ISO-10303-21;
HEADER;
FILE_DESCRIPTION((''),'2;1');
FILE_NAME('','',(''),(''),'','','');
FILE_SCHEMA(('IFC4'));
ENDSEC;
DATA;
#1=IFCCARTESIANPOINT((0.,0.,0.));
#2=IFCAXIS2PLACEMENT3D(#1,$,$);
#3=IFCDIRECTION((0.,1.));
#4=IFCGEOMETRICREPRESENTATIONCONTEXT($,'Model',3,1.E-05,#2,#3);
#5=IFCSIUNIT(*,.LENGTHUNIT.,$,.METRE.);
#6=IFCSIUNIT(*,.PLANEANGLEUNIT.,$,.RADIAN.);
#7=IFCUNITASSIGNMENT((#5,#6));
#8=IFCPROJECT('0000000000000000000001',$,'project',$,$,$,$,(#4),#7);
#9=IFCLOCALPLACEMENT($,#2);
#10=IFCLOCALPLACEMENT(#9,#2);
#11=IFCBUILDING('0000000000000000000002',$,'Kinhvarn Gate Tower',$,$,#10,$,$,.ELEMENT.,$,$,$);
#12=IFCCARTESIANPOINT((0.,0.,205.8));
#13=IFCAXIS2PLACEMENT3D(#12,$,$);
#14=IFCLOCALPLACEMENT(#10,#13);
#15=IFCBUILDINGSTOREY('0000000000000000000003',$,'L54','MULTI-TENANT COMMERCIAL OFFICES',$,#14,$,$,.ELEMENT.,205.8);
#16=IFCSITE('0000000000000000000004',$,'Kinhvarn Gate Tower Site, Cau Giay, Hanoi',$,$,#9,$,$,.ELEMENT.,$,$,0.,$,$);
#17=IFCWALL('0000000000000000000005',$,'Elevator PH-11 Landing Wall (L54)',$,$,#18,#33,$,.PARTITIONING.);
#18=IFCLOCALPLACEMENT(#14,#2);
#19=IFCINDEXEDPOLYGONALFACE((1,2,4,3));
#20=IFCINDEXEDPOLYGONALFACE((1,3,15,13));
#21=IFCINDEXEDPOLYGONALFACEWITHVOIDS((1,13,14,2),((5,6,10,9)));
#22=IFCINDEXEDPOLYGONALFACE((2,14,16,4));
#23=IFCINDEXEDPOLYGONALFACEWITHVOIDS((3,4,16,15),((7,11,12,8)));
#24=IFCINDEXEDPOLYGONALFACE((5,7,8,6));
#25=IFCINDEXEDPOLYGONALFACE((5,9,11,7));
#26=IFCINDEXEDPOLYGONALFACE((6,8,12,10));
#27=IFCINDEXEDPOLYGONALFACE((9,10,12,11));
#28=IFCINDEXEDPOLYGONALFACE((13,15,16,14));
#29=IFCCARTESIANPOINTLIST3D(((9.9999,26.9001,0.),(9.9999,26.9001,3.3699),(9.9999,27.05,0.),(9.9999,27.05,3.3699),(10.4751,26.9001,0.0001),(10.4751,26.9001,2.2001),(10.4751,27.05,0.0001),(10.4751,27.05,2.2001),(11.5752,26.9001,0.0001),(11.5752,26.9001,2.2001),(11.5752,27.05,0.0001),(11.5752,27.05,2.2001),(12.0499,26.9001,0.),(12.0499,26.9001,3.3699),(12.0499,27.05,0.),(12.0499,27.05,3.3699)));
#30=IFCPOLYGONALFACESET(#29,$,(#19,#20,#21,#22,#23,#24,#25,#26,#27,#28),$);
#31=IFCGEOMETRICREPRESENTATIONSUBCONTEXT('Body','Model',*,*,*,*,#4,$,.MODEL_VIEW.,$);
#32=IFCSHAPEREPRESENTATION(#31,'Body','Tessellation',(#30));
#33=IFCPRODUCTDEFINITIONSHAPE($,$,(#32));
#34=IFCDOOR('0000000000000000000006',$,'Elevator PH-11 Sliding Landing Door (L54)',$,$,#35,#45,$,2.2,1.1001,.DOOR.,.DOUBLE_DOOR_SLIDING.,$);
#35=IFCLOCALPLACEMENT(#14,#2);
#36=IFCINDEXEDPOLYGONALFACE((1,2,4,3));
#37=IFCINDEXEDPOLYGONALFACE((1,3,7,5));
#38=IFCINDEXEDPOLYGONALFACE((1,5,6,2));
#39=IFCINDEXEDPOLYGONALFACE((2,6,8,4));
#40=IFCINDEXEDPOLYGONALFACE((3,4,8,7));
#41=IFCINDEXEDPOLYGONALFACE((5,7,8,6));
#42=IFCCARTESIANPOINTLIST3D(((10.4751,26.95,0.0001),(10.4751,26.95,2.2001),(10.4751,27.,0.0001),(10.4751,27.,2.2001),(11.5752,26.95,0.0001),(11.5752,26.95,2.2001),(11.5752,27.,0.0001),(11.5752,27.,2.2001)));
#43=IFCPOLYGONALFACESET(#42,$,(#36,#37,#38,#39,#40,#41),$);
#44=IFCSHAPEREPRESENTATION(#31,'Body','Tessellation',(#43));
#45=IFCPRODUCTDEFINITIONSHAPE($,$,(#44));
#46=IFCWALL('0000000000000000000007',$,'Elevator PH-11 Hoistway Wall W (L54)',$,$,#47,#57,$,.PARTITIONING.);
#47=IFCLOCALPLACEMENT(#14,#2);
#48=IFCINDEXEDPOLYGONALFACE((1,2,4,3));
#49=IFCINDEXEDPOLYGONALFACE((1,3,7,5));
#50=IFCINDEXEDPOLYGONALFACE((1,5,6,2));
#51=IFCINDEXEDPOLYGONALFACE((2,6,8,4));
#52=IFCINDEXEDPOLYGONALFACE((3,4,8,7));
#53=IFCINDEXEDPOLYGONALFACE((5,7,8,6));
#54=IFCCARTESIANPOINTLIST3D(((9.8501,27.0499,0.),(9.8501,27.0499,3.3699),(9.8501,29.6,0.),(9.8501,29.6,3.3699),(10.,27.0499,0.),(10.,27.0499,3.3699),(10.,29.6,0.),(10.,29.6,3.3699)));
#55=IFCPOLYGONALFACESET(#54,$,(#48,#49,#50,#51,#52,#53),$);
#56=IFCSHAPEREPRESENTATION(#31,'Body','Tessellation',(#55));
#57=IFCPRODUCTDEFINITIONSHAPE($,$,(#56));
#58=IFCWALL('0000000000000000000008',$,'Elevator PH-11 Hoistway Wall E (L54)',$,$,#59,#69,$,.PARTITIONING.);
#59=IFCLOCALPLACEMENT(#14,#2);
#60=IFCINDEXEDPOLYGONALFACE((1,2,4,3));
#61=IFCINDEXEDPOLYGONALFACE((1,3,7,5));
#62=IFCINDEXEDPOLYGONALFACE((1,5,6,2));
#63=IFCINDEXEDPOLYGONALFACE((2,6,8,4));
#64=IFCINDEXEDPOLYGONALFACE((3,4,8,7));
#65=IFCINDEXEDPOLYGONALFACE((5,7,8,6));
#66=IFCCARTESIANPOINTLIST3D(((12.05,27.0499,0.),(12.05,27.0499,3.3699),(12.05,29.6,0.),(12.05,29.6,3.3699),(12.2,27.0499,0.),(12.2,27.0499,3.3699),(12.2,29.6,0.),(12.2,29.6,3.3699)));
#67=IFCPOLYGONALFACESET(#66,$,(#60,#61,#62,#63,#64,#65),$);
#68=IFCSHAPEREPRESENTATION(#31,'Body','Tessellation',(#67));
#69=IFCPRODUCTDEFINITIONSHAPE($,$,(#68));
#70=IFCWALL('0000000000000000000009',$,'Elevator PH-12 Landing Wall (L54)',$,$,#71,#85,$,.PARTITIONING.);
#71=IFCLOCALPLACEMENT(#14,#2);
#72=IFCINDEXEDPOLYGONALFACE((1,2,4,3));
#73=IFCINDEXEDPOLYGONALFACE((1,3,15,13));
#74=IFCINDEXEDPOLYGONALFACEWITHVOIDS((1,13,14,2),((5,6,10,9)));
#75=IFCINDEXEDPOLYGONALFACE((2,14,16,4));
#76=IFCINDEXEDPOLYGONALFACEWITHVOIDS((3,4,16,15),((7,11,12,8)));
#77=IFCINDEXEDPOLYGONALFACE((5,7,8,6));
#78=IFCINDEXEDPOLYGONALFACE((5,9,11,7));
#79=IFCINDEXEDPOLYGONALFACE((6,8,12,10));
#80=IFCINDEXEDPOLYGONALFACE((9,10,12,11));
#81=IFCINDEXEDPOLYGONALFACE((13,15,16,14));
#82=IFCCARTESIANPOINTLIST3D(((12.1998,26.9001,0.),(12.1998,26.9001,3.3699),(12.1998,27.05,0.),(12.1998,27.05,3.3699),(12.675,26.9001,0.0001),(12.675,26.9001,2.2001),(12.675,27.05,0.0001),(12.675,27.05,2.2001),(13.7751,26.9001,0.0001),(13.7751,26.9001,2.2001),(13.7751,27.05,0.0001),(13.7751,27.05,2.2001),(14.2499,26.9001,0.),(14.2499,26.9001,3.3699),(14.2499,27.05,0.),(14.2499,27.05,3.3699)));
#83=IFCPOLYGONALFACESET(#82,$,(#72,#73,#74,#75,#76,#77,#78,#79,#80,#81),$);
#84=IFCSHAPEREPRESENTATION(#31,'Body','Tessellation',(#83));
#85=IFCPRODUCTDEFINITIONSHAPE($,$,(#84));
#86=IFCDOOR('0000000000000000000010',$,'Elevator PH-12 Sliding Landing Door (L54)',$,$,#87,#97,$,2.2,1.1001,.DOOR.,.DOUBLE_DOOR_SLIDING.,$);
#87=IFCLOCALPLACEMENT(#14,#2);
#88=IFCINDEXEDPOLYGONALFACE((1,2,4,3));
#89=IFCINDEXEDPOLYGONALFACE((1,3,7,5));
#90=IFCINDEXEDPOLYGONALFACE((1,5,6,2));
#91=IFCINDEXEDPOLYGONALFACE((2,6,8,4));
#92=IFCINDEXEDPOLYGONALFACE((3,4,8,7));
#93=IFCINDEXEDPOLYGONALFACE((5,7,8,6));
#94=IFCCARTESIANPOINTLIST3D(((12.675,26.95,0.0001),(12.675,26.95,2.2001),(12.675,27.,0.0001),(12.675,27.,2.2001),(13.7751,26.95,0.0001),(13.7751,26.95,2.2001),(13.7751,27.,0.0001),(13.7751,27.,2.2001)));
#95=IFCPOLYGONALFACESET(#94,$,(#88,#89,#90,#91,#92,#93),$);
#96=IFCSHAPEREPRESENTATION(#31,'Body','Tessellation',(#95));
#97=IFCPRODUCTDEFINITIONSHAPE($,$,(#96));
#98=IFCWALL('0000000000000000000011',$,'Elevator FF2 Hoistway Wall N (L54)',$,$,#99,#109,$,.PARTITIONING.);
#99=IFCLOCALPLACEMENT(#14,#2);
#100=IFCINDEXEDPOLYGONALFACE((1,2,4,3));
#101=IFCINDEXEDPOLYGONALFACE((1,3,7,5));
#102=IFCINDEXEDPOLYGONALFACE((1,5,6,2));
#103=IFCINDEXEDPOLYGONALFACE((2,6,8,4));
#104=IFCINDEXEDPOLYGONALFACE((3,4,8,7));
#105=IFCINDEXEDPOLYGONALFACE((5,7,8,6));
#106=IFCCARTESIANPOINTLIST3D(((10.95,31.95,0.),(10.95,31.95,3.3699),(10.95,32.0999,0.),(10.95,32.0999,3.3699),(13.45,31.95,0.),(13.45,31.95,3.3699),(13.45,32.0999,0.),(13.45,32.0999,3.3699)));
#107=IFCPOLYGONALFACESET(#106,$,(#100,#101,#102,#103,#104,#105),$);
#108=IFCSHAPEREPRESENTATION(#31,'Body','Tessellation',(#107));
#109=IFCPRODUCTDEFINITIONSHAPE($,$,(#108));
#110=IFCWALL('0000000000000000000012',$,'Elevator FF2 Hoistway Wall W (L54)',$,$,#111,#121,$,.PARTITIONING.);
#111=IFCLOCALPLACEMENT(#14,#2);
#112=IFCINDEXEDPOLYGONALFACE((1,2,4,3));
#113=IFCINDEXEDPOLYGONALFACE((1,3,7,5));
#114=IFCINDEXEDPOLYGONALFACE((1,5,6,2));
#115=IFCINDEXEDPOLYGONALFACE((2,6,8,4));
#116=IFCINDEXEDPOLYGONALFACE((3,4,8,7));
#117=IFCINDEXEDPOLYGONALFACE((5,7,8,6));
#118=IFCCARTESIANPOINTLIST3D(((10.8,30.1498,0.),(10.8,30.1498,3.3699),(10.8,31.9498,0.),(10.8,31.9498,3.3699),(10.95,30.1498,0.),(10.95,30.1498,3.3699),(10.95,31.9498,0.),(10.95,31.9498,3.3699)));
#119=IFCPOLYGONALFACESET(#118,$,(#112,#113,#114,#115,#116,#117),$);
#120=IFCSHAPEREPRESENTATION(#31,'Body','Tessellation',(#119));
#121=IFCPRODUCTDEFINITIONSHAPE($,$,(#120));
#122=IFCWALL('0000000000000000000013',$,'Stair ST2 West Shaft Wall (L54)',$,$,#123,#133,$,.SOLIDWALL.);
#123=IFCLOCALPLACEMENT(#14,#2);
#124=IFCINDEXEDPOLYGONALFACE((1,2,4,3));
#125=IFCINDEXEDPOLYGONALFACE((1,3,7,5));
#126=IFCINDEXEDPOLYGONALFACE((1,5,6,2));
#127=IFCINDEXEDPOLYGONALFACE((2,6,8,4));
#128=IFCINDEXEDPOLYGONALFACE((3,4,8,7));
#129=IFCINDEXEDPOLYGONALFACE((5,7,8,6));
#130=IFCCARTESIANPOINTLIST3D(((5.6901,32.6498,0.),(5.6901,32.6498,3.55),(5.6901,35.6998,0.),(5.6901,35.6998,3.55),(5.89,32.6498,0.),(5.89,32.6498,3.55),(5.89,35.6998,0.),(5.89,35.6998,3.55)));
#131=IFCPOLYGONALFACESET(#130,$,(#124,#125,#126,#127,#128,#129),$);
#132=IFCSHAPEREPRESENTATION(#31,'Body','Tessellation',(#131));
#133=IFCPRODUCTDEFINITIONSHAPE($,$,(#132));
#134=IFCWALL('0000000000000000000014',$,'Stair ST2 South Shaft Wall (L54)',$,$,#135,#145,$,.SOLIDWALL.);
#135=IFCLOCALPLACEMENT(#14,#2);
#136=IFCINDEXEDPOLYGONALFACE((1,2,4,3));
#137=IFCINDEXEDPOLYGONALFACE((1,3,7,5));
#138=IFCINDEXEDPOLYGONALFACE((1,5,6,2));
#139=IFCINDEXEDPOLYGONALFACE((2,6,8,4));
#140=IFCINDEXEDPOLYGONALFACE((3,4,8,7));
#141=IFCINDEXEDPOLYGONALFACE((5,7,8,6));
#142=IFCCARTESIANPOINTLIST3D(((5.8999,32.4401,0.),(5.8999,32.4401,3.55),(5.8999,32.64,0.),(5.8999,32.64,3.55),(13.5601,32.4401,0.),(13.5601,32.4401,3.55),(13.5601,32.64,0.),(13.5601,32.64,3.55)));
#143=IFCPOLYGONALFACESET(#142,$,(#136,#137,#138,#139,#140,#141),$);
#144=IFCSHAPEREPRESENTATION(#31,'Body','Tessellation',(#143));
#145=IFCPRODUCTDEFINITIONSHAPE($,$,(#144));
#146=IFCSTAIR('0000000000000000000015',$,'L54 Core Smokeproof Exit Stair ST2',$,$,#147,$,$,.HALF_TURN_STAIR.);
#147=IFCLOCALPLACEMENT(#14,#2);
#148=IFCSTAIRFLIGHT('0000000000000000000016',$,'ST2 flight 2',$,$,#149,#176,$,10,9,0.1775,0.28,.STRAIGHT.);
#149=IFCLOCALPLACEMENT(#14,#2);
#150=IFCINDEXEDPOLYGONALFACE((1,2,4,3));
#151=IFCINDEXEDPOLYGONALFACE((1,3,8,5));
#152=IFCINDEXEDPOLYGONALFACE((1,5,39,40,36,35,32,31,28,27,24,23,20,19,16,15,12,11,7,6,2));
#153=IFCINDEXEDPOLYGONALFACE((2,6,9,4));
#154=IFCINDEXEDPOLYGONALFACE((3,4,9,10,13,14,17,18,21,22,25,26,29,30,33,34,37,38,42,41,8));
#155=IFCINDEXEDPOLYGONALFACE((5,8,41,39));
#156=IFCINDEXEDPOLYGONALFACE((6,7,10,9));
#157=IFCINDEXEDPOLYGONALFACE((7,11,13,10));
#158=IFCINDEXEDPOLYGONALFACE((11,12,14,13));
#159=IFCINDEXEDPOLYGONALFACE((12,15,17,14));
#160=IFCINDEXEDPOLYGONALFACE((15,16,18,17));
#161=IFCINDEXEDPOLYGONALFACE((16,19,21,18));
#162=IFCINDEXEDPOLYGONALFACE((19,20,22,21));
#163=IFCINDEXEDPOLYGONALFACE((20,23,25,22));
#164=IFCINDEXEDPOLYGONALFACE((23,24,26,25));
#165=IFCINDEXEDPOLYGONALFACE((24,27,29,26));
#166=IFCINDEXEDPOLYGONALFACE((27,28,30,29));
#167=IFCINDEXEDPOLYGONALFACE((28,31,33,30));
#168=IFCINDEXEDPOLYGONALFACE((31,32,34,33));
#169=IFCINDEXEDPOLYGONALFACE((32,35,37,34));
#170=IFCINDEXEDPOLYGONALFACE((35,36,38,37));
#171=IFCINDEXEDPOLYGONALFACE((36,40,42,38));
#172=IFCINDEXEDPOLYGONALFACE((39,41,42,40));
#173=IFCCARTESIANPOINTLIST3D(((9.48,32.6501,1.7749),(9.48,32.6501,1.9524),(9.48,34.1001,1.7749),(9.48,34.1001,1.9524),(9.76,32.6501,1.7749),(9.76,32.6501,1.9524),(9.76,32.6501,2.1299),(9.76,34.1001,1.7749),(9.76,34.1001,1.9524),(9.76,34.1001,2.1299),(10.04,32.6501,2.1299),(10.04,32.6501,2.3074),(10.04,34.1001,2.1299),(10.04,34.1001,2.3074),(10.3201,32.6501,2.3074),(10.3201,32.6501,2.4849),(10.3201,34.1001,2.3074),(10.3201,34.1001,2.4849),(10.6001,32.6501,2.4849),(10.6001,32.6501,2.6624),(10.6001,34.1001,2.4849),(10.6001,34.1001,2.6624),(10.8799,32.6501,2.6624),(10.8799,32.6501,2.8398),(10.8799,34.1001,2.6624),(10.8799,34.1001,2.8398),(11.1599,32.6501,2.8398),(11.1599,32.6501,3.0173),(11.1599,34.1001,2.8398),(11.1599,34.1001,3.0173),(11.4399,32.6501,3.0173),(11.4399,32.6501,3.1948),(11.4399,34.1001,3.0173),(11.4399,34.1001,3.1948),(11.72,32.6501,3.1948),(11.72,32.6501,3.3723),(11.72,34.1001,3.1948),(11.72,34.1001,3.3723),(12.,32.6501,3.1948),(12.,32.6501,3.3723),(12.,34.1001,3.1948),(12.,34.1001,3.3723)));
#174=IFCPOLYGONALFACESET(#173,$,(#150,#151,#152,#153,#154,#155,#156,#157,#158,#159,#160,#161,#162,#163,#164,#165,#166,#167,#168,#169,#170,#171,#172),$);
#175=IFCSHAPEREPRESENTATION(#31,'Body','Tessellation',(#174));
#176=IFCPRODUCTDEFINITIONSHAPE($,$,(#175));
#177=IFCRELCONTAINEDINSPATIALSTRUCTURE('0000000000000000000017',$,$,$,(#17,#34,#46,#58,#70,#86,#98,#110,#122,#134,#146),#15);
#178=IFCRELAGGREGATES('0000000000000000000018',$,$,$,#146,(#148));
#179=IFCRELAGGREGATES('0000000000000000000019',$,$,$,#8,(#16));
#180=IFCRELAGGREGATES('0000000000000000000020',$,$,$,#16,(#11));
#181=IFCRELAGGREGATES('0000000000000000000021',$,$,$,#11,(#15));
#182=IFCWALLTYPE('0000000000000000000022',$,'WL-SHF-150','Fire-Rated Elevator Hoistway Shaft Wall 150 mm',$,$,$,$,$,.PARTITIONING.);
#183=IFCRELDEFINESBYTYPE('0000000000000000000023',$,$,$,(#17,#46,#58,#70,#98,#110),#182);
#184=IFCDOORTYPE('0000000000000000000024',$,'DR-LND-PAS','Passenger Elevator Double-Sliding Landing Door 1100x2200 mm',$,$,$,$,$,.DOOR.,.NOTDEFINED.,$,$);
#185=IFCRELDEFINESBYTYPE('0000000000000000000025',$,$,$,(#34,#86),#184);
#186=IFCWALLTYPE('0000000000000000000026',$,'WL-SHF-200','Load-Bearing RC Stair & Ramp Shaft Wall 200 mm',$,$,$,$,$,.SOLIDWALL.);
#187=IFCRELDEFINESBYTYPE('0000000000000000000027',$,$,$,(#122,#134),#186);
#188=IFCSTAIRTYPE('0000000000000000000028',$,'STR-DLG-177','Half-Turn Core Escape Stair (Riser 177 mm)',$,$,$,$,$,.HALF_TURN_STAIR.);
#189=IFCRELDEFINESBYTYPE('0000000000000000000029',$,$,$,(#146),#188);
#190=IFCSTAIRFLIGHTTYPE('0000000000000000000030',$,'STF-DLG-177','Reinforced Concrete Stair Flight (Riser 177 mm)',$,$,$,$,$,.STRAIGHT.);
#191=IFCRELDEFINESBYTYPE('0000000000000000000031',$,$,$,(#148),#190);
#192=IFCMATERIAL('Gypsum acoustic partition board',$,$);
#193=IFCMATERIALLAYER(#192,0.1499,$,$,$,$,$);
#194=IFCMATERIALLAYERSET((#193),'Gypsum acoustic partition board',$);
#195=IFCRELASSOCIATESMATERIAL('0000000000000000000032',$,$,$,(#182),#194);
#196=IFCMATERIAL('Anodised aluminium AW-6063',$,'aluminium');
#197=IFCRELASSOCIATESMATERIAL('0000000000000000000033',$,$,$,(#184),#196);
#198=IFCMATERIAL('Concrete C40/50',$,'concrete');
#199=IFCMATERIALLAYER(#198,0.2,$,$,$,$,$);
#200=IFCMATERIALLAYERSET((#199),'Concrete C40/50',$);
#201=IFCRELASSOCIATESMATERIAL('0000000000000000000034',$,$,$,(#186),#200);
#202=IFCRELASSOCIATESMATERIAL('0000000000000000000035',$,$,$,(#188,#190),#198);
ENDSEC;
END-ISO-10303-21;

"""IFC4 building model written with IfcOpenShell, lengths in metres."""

from ifc_helpers import new_model, si_unit, direction, frame, frame_2d, origin, place, context, subcontext, project, spatial, polyline, rectangle, outline, extrude, material, layer, layer_set, type_object, element, fill, aggregate, save


model = new_model("IFC4")

# Units and contexts
model_context = context("Model", 3, precision=1e-05, world=origin(), true_north=direction((0.0, 1.0)))
body_context = subcontext(model_context, "Body", "Model", "MODEL_VIEW")
ifc_project = project(units=[si_unit("LENGTHUNIT", "METRE"), si_unit("PLANEANGLEUNIT", "RADIAN")], contexts=[model_context])

# Site, building, storey
site_placement = place(None, origin())
site = spatial("IfcSite", under=ifc_project, at=site_placement, Name="Kinhvarn Gate Tower Site, Cau Giay, Hanoi", CompositionType="ELEMENT", RefElevation=0.0)
building_placement = place(site_placement, origin())
building = spatial("IfcBuilding", under=site, at=building_placement, Name="Kinhvarn Gate Tower", CompositionType="ELEMENT")
storey_placement = place(building_placement, frame((0.0, 0.0, 205.8)))
storey = spatial("IfcBuildingStorey", under=building, at=storey_placement, Name="L54", Description="MULTI-TENANT COMMERCIAL OFFICES", CompositionType="ELEMENT", Elevation=205.8)

# Shared definitions
ifc_material_1 = material(Name="Gypsum acoustic partition board")

# Shared definitions
ifc_material_2 = material(Name="Anodised aluminium AW-6063", Category="aluminium")

# Shared definitions
ifc_layer_1 = layer(ifc_material_1, 0.1499)
ifc_layer_set_1 = layer_set([ifc_layer_1], Name="Gypsum acoustic partition board")
wall_type_1 = type_object("IfcWallType", Name="WL-SHF-150", Description="Fire-Rated Elevator Hoistway Shaft Wall 150 mm", PredefinedType="PARTITIONING", material=ifc_layer_set_1)
door_type_1 = type_object("IfcDoorType", Name="DR-LND-PAS", Description="Passenger Elevator Double-Sliding Landing Door 1100x2200 mm", OperationType="NOTDEFINED", PredefinedType="DOOR", material=ifc_material_2)

# Wall, opening, door
wall_1_placement = place(storey_placement, frame((10.0, 26.9751, 0.0), z_axis=(0.0, 0.0, 1.0), x_axis=(1.0, 0.0, 0.0)))
wall_1 = element("IfcWall", 1, at=wall_1_placement, inside=storey, type_object=wall_type_1, Name="Elevator PH-11 Landing Wall (L54)", PredefinedType="PARTITIONING", context=body_context, shape_type="SweptSolid", body=[
    extrude(rectangle(XDim=2.05, YDim=0.1499, at=frame_2d((1.0249, 0.0))), origin(), (0.0, 0.0, 1.0), 3.3699),
])
opening_1_placement = place(wall_1_placement, frame((0.4751, 0.0, 0.0)))
opening_1 = element("IfcOpeningElement", 2, at=opening_1_placement, cuts=wall_1, PredefinedType="OPENING", context=body_context, shape_type="SweptSolid", body=[
    extrude(rectangle(XDim=1.1001, YDim=2.2, at=frame_2d((0.55, 1.1001))), frame((0.0, 0.085, 0.0), z_axis=(0.0, -1.0, 0.0), x_axis=(1.0, 0.0, 0.0)), (0.0, 0.0, 1.0), 0.1699),
])
door_1_placement = place(opening_1_placement, origin())
door_1 = element("IfcDoor", 3, at=door_1_placement, inside=storey, type_object=door_type_1, Name="Elevator PH-11 Sliding Landing Door (L54)", OperationType="DOUBLE_DOOR_SLIDING", OverallHeight=2.2, OverallWidth=1.1001, PredefinedType="DOOR", context=body_context, shape_type="SweptSolid", body=[
    extrude(rectangle(XDim=1.1001, YDim=2.2, at=frame_2d((0.55, 1.1001))), frame((0.0, 0.0249, 0.0), z_axis=(0.0, -1.0, 0.0), x_axis=(1.0, 0.0, 0.0)), (0.0, 0.0, 1.0), 0.05),
])
fill(opening_1, door_1)

# Walls
for number, where, z_axis, x_axis, name in (
    (4, (9.925, 27.05, 0.0), (0.0, 0.0, 1.0), (0.0, 1.0, 0.0), "Elevator PH-11 Hoistway Wall W (L54)"),
    (5, (12.125, 27.05, 0.0), (0.0, 0.0, 1.0), (0.0, 1.0, 0.0), "Elevator PH-11 Hoistway Wall E (L54)"),
):
    element("IfcWall", number, at=place(storey_placement, frame(where, z_axis=z_axis, x_axis=x_axis)), inside=storey, type_object=wall_type_1, Name=name, PredefinedType="PARTITIONING", context=body_context, shape_type="SweptSolid", body=[
        extrude(rectangle(XDim=2.55, YDim=0.1499, at=frame_2d((1.2749, 0.0))), origin(), (0.0, 0.0, 1.0), 3.3699),
    ])

# Wall, opening, door
wall_2_placement = place(storey_placement, frame((12.2, 26.9751, 0.0), z_axis=(0.0, 0.0, 1.0), x_axis=(1.0, 0.0, 0.0)))
wall_2 = element("IfcWall", 6, at=wall_2_placement, inside=storey, type_object=wall_type_1, Name="Elevator PH-12 Landing Wall (L54)", PredefinedType="PARTITIONING", context=body_context, shape_type="SweptSolid", body=[
    extrude(rectangle(XDim=2.05, YDim=0.1499, at=frame_2d((1.0249, 0.0))), origin(), (0.0, 0.0, 1.0), 3.3699),
])
opening_2_placement = place(wall_2_placement, frame((0.4751, 0.0, 0.0)))
opening_2 = element("IfcOpeningElement", 7, at=opening_2_placement, cuts=wall_2, PredefinedType="OPENING", context=body_context, shape_type="SweptSolid", body=[
    extrude(rectangle(XDim=1.1001, YDim=2.2, at=frame_2d((0.55, 1.1001))), frame((0.0, 0.085, 0.0), z_axis=(0.0, -1.0, 0.0), x_axis=(1.0, 0.0, 0.0)), (0.0, 0.0, 1.0), 0.1699),
])
door_2_placement = place(opening_2_placement, origin())
door_2 = element("IfcDoor", 8, at=door_2_placement, inside=storey, type_object=door_type_1, Name="Elevator PH-12 Sliding Landing Door (L54)", OperationType="DOUBLE_DOOR_SLIDING", OverallHeight=2.2, OverallWidth=1.1001, PredefinedType="DOOR", context=body_context, shape_type="SweptSolid", body=[
    extrude(rectangle(XDim=1.1001, YDim=2.2, at=frame_2d((0.55, 1.1001))), frame((0.0, 0.0249, 0.0), z_axis=(0.0, -1.0, 0.0), x_axis=(1.0, 0.0, 0.0)), (0.0, 0.0, 1.0), 0.05),
])
fill(opening_2, door_2)

# Walls
wall_3_placement = place(storey_placement, frame((10.95, 32.0249, 0.0), z_axis=(0.0, 0.0, 1.0), x_axis=(1.0, 0.0, 0.0)))
element("IfcWall", 9, at=wall_3_placement, inside=storey, type_object=wall_type_1, Name="Elevator FF2 Hoistway Wall N (L54)", PredefinedType="PARTITIONING", context=body_context, shape_type="SweptSolid", body=[
    extrude(rectangle(XDim=2.5, YDim=0.1499, at=frame_2d((1.25, 0.0))), origin(), (0.0, 0.0, 1.0), 3.3699),
])
wall_4_placement = place(storey_placement, frame((10.875, 30.1499, 0.0), z_axis=(0.0, 0.0, 1.0), x_axis=(0.0, 1.0, 0.0)))
element("IfcWall", 10, at=wall_4_placement, inside=storey, type_object=wall_type_1, Name="Elevator FF2 Hoistway Wall W (L54)", PredefinedType="PARTITIONING", context=body_context, shape_type="SweptSolid", body=[
    extrude(rectangle(XDim=1.8, YDim=0.1499, at=frame_2d((0.8999, 0.0))), origin(), (0.0, 0.0, 1.0), 3.3699),
])
ifc_material_3 = material(Name="Concrete C40/50", Category="concrete")
ifc_layer_2 = layer(ifc_material_3, 0.2)
ifc_layer_set_2 = layer_set([ifc_layer_2], Name="Concrete C40/50")
wall_type_2 = type_object("IfcWallType", Name="WL-SHF-200", Description="Load-Bearing RC Stair & Ramp Shaft Wall 200 mm", PredefinedType="SOLIDWALL", material=ifc_layer_set_2)
wall_5_placement = place(storey_placement, frame((5.79, 32.6499, 0.0), z_axis=(0.0, 0.0, 1.0), x_axis=(0.0, 1.0, 0.0)))
element("IfcWall", 11, at=wall_5_placement, inside=storey, type_object=wall_type_2, Name="Stair ST2 West Shaft Wall (L54)", PredefinedType="SOLIDWALL", context=body_context, shape_type="SweptSolid", body=[
    extrude(rectangle(XDim=3.05, YDim=0.2, at=frame_2d((1.5249, 0.0))), origin(), (0.0, 0.0, 1.0), 3.55),
])
wall_6_placement = place(storey_placement, frame((5.8999, 32.54, 0.0), z_axis=(0.0, 0.0, 1.0), x_axis=(1.0, 0.0, 0.0)))
element("IfcWall", 12, at=wall_6_placement, inside=storey, type_object=wall_type_2, Name="Stair ST2 South Shaft Wall (L54)", PredefinedType="SOLIDWALL", context=body_context, shape_type="SweptSolid", body=[
    extrude(rectangle(XDim=7.6602, YDim=0.2, at=frame_2d((3.8301, 0.0))), origin(), (0.0, 0.0, 1.0), 3.55),
])

# Stair, stair flight
stair_type = type_object("IfcStairType", Name="STR-DLG-177", Description="Half-Turn Core Escape Stair (Riser 177 mm)", PredefinedType="HALF_TURN_STAIR", material=ifc_material_3)
stair_placement = place(storey_placement, origin())
stair = element("IfcStair", 13, at=stair_placement, inside=storey, type_object=stair_type, Name="L54 Core Smokeproof Exit Stair ST2", PredefinedType="HALF_TURN_STAIR")
stair_flight_type = type_object("IfcStairFlightType", Name="STF-DLG-177", Description="Reinforced Concrete Stair Flight (Riser 177 mm)", PredefinedType="STRAIGHT", material=ifc_material_3)
stair_flight_placement = place(storey_placement, frame((9.48, 33.375, 1.7749), z_axis=(0.0, 0.0, 1.0), x_axis=(1.0, 0.0, 0.0)))
stair_flight = element("IfcStairFlight", 14, at=stair_flight_placement, type_object=stair_flight_type, Name="ST2 flight 2", NumberOfRisers=10, NumberOfTreads=9, PredefinedType="STRAIGHT", RiserHeight=0.1775, TreadLength=0.28, context=body_context, shape_type="SweptSolid", body=[
    extrude(outline(polyline([(0.0, 0.0), (0.0, 0.1775), (0.28, 0.1775), (0.28, 0.355), (0.5601, 0.355), (0.5601, 0.5325), (0.8401, 0.5325), (0.8401, 0.71), (1.1201, 0.71), (1.1201, 0.8875), (1.3999, 0.8875), (1.3999, 1.0649), (1.6799, 1.0649), (1.6799, 1.2424), (1.96, 1.2424), (1.96, 1.4199), (2.24, 1.4199), (2.24, 1.5974), (2.52, 1.5974), (2.52, 1.7749), (2.52, 1.4199), (0.28, 0.0), (0.0, 0.0)])), frame((0.0, 0.7251, 0.0), z_axis=(0.0, -1.0, 0.0), x_axis=(1.0, 0.0, 0.0)), (0.0, 0.0, 1.0), 1.45),
])
aggregate(stair, [stair_flight])

save(model, "model.ifc")
